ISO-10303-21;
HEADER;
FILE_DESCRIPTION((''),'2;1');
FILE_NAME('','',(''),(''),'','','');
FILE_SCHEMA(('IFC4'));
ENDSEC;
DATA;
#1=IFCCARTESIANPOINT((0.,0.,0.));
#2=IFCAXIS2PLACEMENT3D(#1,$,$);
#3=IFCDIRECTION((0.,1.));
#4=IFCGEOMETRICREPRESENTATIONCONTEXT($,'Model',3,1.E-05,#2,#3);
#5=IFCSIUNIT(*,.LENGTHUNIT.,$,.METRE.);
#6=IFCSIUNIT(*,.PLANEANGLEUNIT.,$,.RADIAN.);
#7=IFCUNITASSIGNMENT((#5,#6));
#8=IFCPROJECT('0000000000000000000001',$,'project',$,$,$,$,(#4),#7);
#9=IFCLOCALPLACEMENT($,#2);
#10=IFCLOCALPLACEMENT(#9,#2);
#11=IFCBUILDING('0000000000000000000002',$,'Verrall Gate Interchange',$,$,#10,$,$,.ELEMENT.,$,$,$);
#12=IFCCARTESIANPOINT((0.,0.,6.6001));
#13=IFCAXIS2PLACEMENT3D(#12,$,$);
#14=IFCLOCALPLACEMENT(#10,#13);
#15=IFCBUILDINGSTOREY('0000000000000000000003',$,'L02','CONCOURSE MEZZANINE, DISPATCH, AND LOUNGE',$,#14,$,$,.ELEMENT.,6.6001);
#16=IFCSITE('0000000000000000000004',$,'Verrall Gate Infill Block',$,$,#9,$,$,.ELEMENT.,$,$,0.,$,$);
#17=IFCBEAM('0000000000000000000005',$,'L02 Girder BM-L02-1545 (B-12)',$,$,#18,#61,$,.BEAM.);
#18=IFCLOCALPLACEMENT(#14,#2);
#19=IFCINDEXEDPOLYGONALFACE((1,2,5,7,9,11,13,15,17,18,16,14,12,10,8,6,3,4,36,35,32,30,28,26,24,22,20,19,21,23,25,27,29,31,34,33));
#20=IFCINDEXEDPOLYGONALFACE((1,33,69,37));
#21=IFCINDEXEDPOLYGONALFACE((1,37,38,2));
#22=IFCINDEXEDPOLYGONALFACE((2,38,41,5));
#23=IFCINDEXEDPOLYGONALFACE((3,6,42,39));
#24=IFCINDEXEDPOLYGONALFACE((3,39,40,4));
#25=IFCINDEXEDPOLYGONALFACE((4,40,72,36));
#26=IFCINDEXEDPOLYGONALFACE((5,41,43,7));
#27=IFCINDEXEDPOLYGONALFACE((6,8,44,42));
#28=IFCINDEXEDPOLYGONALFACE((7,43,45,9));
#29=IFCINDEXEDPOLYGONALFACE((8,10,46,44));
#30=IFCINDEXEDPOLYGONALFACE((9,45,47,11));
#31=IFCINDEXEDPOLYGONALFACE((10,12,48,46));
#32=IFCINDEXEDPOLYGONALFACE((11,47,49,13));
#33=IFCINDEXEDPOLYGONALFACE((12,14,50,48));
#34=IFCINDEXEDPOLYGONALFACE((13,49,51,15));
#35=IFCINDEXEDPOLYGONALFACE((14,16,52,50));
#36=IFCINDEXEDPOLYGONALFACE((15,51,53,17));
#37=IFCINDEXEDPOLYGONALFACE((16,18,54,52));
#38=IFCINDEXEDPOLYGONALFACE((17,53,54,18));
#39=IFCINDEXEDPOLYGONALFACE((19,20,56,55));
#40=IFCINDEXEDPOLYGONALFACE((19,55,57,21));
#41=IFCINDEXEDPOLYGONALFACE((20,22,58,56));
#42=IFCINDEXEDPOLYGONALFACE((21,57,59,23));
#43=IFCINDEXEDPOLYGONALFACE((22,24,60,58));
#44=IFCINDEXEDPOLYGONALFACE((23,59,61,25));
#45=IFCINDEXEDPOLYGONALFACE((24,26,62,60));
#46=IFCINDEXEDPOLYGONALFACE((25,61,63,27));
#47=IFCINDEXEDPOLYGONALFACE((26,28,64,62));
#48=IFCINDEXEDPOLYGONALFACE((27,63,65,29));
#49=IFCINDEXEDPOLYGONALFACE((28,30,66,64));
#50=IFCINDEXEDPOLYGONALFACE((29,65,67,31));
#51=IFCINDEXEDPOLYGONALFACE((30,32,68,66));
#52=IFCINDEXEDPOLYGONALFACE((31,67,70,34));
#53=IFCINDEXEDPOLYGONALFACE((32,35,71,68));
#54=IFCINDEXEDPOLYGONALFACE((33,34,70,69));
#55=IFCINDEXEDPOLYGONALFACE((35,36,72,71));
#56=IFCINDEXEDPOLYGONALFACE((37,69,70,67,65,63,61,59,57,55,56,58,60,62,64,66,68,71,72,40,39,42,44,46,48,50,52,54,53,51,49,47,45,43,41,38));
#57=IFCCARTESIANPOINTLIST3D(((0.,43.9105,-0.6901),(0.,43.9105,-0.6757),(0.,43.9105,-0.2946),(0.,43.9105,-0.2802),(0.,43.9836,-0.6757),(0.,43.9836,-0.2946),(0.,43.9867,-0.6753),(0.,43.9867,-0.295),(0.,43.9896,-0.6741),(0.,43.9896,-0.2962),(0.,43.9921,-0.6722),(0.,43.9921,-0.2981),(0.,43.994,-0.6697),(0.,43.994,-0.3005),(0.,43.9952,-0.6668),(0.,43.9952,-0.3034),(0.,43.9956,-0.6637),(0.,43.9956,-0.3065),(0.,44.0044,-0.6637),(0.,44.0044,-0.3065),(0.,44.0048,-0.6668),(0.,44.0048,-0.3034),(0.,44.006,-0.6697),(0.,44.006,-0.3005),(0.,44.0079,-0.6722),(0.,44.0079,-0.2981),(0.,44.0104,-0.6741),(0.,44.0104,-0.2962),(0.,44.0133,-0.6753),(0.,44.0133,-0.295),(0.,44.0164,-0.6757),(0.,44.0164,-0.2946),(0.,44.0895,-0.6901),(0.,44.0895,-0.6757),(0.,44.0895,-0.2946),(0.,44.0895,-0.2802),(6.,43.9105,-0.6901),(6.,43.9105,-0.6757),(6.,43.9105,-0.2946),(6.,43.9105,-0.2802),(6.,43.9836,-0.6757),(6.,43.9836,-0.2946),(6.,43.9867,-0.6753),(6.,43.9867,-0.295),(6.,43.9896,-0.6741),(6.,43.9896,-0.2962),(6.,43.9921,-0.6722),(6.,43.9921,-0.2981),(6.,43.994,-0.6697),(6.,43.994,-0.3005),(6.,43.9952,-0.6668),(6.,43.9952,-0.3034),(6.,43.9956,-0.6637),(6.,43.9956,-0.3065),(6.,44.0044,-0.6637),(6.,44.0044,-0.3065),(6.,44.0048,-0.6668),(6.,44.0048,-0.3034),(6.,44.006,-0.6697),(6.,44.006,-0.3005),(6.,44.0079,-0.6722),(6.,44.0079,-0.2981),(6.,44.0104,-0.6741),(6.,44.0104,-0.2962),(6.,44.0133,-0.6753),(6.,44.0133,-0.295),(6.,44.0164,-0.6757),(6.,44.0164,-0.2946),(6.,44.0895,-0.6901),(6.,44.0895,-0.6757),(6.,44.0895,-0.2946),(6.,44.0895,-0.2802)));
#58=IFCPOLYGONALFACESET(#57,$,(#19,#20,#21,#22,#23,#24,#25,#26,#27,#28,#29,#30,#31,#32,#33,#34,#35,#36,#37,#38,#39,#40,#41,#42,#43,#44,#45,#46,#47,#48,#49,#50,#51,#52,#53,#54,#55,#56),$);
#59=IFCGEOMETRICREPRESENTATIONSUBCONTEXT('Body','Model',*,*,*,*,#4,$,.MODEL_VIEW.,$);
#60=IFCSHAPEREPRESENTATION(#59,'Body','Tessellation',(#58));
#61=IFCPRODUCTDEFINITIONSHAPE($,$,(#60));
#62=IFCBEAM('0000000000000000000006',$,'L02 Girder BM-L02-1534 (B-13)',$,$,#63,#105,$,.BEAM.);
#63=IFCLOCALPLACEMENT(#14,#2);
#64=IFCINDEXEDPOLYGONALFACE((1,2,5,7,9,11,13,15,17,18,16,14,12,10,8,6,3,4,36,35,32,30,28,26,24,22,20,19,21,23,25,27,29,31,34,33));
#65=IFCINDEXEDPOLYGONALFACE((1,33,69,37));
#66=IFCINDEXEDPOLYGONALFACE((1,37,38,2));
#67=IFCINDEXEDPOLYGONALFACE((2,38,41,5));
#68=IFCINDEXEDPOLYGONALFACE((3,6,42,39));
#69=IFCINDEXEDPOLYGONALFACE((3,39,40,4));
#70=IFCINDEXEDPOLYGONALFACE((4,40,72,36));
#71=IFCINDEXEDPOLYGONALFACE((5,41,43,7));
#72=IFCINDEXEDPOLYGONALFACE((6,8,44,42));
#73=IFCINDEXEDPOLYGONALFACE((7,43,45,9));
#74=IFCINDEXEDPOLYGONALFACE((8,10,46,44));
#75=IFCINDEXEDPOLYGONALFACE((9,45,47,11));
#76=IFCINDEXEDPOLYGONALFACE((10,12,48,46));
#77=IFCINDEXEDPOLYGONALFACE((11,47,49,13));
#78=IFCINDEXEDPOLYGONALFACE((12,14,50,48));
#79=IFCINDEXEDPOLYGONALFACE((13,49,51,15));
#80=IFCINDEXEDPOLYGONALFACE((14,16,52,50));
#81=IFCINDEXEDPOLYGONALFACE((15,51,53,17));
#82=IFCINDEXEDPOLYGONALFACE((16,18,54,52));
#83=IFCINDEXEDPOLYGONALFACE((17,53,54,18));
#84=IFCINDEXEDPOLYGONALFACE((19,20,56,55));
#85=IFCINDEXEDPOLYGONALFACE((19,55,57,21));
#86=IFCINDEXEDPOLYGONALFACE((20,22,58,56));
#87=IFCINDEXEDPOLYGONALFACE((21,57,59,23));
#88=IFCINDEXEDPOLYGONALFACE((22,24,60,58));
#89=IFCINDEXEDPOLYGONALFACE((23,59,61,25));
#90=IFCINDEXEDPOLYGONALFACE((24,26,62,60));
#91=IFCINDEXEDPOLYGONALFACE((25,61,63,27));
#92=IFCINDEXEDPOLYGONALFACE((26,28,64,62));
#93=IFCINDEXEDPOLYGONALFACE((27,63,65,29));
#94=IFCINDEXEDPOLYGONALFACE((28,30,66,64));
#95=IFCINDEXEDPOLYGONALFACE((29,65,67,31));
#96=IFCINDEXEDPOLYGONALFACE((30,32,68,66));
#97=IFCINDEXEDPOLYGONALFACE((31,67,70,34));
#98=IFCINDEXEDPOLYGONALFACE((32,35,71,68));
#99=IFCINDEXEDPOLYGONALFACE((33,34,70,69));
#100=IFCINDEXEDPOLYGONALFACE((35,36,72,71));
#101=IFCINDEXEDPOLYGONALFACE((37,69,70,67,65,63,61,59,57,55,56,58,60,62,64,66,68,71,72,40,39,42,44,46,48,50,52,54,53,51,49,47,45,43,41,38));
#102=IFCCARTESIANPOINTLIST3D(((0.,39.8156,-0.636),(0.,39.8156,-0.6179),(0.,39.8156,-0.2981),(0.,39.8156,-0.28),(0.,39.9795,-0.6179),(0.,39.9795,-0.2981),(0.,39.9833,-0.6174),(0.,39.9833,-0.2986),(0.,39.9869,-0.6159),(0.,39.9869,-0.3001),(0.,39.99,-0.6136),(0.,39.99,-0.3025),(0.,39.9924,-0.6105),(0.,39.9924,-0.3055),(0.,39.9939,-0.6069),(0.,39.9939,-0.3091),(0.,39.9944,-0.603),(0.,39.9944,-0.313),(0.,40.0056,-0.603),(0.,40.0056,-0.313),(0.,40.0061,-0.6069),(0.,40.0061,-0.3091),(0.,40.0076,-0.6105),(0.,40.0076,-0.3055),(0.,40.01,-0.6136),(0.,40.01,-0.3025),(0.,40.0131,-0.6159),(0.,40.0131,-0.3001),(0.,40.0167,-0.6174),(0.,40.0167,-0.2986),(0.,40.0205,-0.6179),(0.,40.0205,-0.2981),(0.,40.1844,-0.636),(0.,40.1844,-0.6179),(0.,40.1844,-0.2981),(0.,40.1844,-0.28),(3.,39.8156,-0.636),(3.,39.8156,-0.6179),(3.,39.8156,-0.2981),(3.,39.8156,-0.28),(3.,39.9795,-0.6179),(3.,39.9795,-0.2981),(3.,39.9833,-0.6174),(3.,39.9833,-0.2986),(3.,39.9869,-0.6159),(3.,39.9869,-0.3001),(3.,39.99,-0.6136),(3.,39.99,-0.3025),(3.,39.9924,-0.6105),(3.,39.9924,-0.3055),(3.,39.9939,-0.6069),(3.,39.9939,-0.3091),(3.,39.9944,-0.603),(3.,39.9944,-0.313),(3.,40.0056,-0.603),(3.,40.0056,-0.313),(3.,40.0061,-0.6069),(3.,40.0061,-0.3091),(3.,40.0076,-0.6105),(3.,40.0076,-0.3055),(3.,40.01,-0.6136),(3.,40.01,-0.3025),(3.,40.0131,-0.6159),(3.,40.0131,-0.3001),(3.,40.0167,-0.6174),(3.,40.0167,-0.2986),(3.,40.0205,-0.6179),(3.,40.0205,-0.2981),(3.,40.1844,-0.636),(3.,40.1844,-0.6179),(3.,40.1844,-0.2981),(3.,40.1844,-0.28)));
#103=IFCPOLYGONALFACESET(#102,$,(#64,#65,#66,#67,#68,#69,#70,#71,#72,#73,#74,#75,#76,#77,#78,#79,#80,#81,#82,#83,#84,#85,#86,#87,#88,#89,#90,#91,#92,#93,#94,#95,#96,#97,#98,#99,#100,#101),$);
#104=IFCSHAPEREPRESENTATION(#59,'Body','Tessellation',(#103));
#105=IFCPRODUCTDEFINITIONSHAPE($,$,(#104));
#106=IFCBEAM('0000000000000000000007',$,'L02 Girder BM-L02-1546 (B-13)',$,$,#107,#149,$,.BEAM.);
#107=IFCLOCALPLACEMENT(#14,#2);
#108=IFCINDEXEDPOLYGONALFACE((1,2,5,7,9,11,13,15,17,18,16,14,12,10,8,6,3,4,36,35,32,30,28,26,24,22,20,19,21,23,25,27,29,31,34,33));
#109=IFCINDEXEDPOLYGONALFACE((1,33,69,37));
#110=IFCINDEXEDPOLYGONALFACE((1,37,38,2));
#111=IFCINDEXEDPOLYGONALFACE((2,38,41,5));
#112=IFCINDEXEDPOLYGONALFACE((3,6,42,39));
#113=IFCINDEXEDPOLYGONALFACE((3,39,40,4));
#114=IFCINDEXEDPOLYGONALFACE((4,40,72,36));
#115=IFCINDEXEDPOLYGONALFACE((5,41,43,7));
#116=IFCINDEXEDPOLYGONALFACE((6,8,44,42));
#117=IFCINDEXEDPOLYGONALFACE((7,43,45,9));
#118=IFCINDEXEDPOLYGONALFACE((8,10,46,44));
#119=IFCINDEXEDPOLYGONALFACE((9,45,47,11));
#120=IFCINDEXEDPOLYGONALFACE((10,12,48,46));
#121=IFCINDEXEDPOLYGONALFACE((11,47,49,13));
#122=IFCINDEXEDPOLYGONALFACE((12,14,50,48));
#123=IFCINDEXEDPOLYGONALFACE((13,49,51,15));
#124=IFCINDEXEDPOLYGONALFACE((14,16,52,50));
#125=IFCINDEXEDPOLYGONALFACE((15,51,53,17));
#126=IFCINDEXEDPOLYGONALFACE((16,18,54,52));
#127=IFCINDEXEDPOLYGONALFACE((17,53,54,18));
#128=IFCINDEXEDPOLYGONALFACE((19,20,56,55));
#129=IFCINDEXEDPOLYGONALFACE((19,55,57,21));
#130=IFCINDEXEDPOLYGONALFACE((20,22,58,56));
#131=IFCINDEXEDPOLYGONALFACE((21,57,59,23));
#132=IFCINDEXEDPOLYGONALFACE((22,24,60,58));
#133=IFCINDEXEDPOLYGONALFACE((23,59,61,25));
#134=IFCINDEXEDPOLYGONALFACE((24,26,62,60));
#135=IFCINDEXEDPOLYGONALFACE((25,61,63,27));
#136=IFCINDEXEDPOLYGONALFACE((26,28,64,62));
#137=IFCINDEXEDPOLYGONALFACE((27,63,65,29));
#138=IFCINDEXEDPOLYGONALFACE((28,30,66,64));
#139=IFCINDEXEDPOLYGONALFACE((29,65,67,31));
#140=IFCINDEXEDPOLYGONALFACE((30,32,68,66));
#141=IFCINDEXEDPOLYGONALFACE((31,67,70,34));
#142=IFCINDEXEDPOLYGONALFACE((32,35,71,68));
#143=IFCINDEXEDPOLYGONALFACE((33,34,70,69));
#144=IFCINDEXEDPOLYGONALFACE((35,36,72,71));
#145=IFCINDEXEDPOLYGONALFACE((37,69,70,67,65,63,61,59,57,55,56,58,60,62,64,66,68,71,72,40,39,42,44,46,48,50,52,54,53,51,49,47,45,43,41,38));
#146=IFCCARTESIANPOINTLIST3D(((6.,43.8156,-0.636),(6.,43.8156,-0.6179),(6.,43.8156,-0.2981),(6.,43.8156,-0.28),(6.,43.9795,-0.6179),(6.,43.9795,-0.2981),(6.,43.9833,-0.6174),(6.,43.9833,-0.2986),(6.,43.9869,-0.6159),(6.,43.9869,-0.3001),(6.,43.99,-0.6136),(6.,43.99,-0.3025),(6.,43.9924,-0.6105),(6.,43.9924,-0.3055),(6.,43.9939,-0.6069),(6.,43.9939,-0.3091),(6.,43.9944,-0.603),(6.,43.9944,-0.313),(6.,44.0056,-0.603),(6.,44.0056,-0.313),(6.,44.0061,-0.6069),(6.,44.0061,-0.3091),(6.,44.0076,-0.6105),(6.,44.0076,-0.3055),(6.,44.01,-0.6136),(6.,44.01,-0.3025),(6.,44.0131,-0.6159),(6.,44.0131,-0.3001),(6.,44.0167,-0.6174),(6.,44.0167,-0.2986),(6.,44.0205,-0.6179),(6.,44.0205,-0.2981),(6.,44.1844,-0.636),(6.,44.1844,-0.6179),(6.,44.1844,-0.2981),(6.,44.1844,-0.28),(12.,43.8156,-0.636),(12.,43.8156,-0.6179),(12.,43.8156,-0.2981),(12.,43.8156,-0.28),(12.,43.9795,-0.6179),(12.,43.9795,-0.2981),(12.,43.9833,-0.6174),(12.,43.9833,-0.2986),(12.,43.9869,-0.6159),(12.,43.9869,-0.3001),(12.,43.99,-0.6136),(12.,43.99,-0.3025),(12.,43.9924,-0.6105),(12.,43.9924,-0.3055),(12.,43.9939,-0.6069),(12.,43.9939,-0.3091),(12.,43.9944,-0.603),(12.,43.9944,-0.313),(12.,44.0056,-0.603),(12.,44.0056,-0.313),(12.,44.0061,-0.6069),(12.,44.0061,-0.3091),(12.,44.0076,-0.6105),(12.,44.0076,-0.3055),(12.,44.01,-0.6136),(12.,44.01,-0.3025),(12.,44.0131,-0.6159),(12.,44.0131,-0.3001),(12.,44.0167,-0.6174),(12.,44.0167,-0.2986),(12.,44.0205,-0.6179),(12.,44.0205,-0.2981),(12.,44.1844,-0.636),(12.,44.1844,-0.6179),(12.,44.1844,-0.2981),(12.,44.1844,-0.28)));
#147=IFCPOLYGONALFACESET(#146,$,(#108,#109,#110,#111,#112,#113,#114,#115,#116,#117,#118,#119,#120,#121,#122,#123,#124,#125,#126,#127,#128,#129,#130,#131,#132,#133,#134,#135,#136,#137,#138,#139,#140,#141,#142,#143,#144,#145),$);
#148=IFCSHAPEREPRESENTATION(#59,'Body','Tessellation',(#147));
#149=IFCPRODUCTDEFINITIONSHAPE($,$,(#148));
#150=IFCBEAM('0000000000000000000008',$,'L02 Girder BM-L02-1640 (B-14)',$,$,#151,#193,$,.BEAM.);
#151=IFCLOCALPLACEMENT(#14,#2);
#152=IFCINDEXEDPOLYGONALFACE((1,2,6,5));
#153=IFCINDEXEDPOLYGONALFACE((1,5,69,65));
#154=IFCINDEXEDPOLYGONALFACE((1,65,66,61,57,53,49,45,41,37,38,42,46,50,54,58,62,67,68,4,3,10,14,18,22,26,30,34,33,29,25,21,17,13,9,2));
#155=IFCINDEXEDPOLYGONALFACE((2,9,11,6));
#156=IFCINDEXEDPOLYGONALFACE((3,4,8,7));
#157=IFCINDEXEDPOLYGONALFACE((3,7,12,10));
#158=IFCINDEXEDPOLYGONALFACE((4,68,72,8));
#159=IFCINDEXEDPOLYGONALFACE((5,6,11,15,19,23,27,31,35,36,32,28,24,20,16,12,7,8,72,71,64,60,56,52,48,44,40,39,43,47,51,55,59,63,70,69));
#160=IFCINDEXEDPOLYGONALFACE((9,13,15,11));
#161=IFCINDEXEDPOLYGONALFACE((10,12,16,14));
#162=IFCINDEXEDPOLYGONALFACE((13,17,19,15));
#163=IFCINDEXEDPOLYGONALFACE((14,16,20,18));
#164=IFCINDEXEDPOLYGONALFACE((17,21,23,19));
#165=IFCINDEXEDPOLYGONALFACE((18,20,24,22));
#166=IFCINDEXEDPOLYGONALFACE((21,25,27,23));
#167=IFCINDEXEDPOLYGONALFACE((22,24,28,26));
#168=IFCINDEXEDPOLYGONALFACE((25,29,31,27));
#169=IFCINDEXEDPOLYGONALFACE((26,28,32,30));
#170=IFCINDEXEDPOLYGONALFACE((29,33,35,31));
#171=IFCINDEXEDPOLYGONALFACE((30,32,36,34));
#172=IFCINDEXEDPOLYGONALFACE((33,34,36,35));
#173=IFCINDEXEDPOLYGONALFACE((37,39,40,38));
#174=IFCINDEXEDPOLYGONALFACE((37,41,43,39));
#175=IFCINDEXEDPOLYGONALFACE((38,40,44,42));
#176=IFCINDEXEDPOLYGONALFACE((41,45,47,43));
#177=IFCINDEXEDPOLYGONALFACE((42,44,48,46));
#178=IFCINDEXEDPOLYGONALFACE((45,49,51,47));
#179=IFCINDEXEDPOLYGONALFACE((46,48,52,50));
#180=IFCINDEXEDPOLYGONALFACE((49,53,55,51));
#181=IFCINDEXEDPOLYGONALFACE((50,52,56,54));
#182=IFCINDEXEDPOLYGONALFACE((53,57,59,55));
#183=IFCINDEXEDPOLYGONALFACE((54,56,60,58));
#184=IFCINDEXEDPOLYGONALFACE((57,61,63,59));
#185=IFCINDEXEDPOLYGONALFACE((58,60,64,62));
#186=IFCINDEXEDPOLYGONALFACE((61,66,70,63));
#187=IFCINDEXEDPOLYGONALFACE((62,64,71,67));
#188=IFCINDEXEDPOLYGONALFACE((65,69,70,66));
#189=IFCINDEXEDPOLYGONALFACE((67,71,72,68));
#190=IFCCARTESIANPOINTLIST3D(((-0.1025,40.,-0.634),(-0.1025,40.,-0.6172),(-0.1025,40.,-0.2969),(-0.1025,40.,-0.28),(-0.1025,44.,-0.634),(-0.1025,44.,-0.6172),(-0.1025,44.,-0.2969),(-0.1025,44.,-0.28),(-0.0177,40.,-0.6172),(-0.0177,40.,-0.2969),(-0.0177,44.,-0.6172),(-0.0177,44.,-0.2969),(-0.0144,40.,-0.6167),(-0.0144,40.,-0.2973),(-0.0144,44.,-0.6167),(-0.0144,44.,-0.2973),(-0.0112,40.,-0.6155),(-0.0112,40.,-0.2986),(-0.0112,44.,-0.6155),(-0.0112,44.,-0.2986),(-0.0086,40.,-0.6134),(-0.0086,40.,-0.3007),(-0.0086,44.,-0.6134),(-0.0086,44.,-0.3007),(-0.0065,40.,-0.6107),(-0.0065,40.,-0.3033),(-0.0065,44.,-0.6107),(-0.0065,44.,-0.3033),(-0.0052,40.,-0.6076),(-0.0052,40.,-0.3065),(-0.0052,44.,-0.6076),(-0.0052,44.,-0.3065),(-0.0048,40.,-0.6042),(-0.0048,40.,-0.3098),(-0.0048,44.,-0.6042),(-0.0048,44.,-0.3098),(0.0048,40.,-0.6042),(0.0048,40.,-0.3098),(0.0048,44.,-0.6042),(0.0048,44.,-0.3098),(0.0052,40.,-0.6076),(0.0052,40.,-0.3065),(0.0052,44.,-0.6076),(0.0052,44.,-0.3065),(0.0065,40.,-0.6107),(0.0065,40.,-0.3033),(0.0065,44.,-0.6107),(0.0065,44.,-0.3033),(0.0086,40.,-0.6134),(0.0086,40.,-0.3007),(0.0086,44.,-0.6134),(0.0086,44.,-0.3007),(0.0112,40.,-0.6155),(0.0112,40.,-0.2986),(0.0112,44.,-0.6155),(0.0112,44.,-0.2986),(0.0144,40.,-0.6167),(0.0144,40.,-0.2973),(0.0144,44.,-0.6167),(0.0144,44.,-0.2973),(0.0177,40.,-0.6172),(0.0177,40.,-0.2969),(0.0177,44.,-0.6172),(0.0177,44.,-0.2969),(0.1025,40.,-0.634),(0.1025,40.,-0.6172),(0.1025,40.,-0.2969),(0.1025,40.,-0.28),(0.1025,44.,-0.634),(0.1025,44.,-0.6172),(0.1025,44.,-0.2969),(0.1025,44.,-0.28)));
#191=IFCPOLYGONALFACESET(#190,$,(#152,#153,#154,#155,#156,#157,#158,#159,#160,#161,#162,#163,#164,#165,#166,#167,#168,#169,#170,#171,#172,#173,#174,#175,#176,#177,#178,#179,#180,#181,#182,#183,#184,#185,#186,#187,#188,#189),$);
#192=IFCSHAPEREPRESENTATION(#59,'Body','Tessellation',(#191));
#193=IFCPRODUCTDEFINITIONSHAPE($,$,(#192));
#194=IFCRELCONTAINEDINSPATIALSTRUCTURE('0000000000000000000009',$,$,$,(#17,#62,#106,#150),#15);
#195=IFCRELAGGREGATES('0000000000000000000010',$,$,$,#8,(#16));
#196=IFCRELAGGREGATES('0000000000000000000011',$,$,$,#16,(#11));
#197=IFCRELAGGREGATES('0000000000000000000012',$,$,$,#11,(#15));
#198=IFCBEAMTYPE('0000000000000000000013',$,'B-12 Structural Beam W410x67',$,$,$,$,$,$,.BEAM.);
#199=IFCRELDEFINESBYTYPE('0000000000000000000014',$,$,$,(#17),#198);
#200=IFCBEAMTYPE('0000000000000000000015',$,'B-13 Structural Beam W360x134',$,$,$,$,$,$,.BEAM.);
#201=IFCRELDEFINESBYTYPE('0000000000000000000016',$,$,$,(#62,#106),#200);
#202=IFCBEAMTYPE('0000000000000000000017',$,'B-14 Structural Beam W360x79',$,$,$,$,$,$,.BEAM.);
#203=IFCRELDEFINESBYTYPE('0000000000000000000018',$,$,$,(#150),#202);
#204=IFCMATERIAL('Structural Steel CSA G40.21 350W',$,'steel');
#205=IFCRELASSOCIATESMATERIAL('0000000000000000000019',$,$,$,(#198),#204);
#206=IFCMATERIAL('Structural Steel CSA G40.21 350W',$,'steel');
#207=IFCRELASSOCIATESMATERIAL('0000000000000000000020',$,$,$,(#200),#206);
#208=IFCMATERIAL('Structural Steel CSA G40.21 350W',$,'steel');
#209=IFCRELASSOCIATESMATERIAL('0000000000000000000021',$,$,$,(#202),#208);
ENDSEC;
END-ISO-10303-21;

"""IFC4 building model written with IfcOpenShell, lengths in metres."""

from ifc_helpers import new_model, si_unit, direction, frame, origin, origin_2d, place, context, subcontext, project, spatial, i_section, extrude, material, material_profile, profile_set, type_object, element, save


model = new_model("IFC4")

# Units and contexts
model_context = context("Model", 3, precision=1e-05, world=origin(), true_north=direction((0.0, 1.0)))
body_context = subcontext(model_context, "Body", "Model", "MODEL_VIEW")
ifc_project = project(units=[si_unit("LENGTHUNIT", "METRE"), si_unit("PLANEANGLEUNIT", "RADIAN")], contexts=[model_context])

# Site, building, storey
site_placement = place(None, origin())
site = spatial("IfcSite", under=ifc_project, at=site_placement, Name="Verrall Gate Infill Block", CompositionType="ELEMENT", RefElevation=0.0)
building_placement = place(site_placement, origin())
building = spatial("IfcBuilding", under=site, at=building_placement, Name="Verrall Gate Interchange", CompositionType="ELEMENT")
storey_placement = place(building_placement, frame((0.0, 0.0, 6.6001)))
storey = spatial("IfcBuildingStorey", under=building, at=storey_placement, Name="L02", Description="CONCOURSE MEZZANINE, DISPATCH, AND LOUNGE", CompositionType="ELEMENT", Elevation=6.6001)

# Beams
ifc_material_1 = material(Name="Structural Steel CSA G40.21 350W", Category="steel")
ifc_material_profile_1 = material_profile(ifc_material_1, i_section(OverallWidth=0.179, OverallDepth=0.4099, WebThickness=0.0088, FlangeThickness=0.0144, FilletRadius=0.012, at=origin_2d()), Name="W410x67")
ifc_profile_set_1 = profile_set([ifc_material_profile_1], Name="Structural Steel CSA G40.21 350W")
beam_type_1 = type_object("IfcBeamType", Name="B-12 Structural Beam W410x67", PredefinedType="BEAM", material=ifc_profile_set_1)
for number, where, z_axis, x_axis, name in (
    (1, (0.0, 44.0, -0.4851), (1.0, 0.0, 0.0), (0.0, 1.0, 0.0), "L02 Girder BM-L02-1545 (B-12)"),
):
    element("IfcBeam", number, at=place(storey_placement, frame(where, z_axis=z_axis, x_axis=x_axis)), inside=storey, type_object=beam_type_1, Name=name, PredefinedType="BEAM", context=body_context, shape_type="SweptSolid", body=[
        extrude(i_section(OverallWidth=0.179, OverallDepth=0.4099, WebThickness=0.0088, FlangeThickness=0.0144, FilletRadius=0.012, at=origin_2d()), origin(), (0.0, 0.0, 1.0), 6.0),
    ])
ifc_material_2 = material(Name="Structural Steel CSA G40.21 350W", Category="steel")
ifc_material_profile_2 = material_profile(ifc_material_2, i_section(OverallWidth=0.3689, OverallDepth=0.356, WebThickness=0.0112, FlangeThickness=0.0181, FilletRadius=0.0149, at=origin_2d()), Name="W360x134")
ifc_profile_set_2 = profile_set([ifc_material_profile_2], Name="Structural Steel CSA G40.21 350W")
beam_type_2 = type_object("IfcBeamType", Name="B-13 Structural Beam W360x134", PredefinedType="BEAM", material=ifc_profile_set_2)
beam_1_placement = place(storey_placement, frame((0.0, 40.0, -0.458), z_axis=(1.0, 0.0, 0.0), x_axis=(0.0, 1.0, 0.0)))
element("IfcBeam", 2, at=beam_1_placement, inside=storey, type_object=beam_type_2, Name="L02 Girder BM-L02-1534 (B-13)", PredefinedType="BEAM", context=body_context, shape_type="SweptSolid", body=[
    extrude(i_section(OverallWidth=0.3689, OverallDepth=0.356, WebThickness=0.0112, FlangeThickness=0.0181, FilletRadius=0.0149, at=origin_2d()), origin(), (0.0, 0.0, 1.0), 3.0),
])
beam_2_placement = place(storey_placement, frame((6.0, 44.0, -0.458), z_axis=(1.0, 0.0, 0.0), x_axis=(0.0, 1.0, 0.0)))
element("IfcBeam", 3, at=beam_2_placement, inside=storey, type_object=beam_type_2, Name="L02 Girder BM-L02-1546 (B-13)", PredefinedType="BEAM", context=body_context, shape_type="SweptSolid", body=[
    extrude(i_section(OverallWidth=0.3689, OverallDepth=0.356, WebThickness=0.0112, FlangeThickness=0.0181, FilletRadius=0.0149, at=origin_2d()), origin(), (0.0, 0.0, 1.0), 6.0),
])
ifc_material_3 = material(Name="Structural Steel CSA G40.21 350W", Category="steel")
ifc_material_profile_3 = material_profile(ifc_material_3, i_section(OverallWidth=0.2051, OverallDepth=0.354, WebThickness=0.0095, FlangeThickness=0.0168, FilletRadius=0.0129, at=origin_2d()), Name="W360x79")
ifc_profile_set_3 = profile_set([ifc_material_profile_3], Name="Structural Steel CSA G40.21 350W")
beam_type_3 = type_object("IfcBeamType", Name="B-14 Structural Beam W360x79", PredefinedType="BEAM", material=ifc_profile_set_3)
for number, where, z_axis, x_axis, name in (
    (4, (0.0, 40.0, -0.457), (0.0, 1.0, 0.0), (-1.0, 0.0, 0.0), "L02 Girder BM-L02-1640 (B-14)"),
):
    element("IfcBeam", number, at=place(storey_placement, frame(where, z_axis=z_axis, x_axis=x_axis)), inside=storey, type_object=beam_type_3, Name=name, PredefinedType="BEAM", context=body_context, shape_type="SweptSolid", body=[
        extrude(i_section(OverallWidth=0.2051, OverallDepth=0.354, WebThickness=0.0095, FlangeThickness=0.0168, FilletRadius=0.0129, at=origin_2d()), origin(), (0.0, 0.0, 1.0), 4.0),
    ])

save(model, "model.ifc")
